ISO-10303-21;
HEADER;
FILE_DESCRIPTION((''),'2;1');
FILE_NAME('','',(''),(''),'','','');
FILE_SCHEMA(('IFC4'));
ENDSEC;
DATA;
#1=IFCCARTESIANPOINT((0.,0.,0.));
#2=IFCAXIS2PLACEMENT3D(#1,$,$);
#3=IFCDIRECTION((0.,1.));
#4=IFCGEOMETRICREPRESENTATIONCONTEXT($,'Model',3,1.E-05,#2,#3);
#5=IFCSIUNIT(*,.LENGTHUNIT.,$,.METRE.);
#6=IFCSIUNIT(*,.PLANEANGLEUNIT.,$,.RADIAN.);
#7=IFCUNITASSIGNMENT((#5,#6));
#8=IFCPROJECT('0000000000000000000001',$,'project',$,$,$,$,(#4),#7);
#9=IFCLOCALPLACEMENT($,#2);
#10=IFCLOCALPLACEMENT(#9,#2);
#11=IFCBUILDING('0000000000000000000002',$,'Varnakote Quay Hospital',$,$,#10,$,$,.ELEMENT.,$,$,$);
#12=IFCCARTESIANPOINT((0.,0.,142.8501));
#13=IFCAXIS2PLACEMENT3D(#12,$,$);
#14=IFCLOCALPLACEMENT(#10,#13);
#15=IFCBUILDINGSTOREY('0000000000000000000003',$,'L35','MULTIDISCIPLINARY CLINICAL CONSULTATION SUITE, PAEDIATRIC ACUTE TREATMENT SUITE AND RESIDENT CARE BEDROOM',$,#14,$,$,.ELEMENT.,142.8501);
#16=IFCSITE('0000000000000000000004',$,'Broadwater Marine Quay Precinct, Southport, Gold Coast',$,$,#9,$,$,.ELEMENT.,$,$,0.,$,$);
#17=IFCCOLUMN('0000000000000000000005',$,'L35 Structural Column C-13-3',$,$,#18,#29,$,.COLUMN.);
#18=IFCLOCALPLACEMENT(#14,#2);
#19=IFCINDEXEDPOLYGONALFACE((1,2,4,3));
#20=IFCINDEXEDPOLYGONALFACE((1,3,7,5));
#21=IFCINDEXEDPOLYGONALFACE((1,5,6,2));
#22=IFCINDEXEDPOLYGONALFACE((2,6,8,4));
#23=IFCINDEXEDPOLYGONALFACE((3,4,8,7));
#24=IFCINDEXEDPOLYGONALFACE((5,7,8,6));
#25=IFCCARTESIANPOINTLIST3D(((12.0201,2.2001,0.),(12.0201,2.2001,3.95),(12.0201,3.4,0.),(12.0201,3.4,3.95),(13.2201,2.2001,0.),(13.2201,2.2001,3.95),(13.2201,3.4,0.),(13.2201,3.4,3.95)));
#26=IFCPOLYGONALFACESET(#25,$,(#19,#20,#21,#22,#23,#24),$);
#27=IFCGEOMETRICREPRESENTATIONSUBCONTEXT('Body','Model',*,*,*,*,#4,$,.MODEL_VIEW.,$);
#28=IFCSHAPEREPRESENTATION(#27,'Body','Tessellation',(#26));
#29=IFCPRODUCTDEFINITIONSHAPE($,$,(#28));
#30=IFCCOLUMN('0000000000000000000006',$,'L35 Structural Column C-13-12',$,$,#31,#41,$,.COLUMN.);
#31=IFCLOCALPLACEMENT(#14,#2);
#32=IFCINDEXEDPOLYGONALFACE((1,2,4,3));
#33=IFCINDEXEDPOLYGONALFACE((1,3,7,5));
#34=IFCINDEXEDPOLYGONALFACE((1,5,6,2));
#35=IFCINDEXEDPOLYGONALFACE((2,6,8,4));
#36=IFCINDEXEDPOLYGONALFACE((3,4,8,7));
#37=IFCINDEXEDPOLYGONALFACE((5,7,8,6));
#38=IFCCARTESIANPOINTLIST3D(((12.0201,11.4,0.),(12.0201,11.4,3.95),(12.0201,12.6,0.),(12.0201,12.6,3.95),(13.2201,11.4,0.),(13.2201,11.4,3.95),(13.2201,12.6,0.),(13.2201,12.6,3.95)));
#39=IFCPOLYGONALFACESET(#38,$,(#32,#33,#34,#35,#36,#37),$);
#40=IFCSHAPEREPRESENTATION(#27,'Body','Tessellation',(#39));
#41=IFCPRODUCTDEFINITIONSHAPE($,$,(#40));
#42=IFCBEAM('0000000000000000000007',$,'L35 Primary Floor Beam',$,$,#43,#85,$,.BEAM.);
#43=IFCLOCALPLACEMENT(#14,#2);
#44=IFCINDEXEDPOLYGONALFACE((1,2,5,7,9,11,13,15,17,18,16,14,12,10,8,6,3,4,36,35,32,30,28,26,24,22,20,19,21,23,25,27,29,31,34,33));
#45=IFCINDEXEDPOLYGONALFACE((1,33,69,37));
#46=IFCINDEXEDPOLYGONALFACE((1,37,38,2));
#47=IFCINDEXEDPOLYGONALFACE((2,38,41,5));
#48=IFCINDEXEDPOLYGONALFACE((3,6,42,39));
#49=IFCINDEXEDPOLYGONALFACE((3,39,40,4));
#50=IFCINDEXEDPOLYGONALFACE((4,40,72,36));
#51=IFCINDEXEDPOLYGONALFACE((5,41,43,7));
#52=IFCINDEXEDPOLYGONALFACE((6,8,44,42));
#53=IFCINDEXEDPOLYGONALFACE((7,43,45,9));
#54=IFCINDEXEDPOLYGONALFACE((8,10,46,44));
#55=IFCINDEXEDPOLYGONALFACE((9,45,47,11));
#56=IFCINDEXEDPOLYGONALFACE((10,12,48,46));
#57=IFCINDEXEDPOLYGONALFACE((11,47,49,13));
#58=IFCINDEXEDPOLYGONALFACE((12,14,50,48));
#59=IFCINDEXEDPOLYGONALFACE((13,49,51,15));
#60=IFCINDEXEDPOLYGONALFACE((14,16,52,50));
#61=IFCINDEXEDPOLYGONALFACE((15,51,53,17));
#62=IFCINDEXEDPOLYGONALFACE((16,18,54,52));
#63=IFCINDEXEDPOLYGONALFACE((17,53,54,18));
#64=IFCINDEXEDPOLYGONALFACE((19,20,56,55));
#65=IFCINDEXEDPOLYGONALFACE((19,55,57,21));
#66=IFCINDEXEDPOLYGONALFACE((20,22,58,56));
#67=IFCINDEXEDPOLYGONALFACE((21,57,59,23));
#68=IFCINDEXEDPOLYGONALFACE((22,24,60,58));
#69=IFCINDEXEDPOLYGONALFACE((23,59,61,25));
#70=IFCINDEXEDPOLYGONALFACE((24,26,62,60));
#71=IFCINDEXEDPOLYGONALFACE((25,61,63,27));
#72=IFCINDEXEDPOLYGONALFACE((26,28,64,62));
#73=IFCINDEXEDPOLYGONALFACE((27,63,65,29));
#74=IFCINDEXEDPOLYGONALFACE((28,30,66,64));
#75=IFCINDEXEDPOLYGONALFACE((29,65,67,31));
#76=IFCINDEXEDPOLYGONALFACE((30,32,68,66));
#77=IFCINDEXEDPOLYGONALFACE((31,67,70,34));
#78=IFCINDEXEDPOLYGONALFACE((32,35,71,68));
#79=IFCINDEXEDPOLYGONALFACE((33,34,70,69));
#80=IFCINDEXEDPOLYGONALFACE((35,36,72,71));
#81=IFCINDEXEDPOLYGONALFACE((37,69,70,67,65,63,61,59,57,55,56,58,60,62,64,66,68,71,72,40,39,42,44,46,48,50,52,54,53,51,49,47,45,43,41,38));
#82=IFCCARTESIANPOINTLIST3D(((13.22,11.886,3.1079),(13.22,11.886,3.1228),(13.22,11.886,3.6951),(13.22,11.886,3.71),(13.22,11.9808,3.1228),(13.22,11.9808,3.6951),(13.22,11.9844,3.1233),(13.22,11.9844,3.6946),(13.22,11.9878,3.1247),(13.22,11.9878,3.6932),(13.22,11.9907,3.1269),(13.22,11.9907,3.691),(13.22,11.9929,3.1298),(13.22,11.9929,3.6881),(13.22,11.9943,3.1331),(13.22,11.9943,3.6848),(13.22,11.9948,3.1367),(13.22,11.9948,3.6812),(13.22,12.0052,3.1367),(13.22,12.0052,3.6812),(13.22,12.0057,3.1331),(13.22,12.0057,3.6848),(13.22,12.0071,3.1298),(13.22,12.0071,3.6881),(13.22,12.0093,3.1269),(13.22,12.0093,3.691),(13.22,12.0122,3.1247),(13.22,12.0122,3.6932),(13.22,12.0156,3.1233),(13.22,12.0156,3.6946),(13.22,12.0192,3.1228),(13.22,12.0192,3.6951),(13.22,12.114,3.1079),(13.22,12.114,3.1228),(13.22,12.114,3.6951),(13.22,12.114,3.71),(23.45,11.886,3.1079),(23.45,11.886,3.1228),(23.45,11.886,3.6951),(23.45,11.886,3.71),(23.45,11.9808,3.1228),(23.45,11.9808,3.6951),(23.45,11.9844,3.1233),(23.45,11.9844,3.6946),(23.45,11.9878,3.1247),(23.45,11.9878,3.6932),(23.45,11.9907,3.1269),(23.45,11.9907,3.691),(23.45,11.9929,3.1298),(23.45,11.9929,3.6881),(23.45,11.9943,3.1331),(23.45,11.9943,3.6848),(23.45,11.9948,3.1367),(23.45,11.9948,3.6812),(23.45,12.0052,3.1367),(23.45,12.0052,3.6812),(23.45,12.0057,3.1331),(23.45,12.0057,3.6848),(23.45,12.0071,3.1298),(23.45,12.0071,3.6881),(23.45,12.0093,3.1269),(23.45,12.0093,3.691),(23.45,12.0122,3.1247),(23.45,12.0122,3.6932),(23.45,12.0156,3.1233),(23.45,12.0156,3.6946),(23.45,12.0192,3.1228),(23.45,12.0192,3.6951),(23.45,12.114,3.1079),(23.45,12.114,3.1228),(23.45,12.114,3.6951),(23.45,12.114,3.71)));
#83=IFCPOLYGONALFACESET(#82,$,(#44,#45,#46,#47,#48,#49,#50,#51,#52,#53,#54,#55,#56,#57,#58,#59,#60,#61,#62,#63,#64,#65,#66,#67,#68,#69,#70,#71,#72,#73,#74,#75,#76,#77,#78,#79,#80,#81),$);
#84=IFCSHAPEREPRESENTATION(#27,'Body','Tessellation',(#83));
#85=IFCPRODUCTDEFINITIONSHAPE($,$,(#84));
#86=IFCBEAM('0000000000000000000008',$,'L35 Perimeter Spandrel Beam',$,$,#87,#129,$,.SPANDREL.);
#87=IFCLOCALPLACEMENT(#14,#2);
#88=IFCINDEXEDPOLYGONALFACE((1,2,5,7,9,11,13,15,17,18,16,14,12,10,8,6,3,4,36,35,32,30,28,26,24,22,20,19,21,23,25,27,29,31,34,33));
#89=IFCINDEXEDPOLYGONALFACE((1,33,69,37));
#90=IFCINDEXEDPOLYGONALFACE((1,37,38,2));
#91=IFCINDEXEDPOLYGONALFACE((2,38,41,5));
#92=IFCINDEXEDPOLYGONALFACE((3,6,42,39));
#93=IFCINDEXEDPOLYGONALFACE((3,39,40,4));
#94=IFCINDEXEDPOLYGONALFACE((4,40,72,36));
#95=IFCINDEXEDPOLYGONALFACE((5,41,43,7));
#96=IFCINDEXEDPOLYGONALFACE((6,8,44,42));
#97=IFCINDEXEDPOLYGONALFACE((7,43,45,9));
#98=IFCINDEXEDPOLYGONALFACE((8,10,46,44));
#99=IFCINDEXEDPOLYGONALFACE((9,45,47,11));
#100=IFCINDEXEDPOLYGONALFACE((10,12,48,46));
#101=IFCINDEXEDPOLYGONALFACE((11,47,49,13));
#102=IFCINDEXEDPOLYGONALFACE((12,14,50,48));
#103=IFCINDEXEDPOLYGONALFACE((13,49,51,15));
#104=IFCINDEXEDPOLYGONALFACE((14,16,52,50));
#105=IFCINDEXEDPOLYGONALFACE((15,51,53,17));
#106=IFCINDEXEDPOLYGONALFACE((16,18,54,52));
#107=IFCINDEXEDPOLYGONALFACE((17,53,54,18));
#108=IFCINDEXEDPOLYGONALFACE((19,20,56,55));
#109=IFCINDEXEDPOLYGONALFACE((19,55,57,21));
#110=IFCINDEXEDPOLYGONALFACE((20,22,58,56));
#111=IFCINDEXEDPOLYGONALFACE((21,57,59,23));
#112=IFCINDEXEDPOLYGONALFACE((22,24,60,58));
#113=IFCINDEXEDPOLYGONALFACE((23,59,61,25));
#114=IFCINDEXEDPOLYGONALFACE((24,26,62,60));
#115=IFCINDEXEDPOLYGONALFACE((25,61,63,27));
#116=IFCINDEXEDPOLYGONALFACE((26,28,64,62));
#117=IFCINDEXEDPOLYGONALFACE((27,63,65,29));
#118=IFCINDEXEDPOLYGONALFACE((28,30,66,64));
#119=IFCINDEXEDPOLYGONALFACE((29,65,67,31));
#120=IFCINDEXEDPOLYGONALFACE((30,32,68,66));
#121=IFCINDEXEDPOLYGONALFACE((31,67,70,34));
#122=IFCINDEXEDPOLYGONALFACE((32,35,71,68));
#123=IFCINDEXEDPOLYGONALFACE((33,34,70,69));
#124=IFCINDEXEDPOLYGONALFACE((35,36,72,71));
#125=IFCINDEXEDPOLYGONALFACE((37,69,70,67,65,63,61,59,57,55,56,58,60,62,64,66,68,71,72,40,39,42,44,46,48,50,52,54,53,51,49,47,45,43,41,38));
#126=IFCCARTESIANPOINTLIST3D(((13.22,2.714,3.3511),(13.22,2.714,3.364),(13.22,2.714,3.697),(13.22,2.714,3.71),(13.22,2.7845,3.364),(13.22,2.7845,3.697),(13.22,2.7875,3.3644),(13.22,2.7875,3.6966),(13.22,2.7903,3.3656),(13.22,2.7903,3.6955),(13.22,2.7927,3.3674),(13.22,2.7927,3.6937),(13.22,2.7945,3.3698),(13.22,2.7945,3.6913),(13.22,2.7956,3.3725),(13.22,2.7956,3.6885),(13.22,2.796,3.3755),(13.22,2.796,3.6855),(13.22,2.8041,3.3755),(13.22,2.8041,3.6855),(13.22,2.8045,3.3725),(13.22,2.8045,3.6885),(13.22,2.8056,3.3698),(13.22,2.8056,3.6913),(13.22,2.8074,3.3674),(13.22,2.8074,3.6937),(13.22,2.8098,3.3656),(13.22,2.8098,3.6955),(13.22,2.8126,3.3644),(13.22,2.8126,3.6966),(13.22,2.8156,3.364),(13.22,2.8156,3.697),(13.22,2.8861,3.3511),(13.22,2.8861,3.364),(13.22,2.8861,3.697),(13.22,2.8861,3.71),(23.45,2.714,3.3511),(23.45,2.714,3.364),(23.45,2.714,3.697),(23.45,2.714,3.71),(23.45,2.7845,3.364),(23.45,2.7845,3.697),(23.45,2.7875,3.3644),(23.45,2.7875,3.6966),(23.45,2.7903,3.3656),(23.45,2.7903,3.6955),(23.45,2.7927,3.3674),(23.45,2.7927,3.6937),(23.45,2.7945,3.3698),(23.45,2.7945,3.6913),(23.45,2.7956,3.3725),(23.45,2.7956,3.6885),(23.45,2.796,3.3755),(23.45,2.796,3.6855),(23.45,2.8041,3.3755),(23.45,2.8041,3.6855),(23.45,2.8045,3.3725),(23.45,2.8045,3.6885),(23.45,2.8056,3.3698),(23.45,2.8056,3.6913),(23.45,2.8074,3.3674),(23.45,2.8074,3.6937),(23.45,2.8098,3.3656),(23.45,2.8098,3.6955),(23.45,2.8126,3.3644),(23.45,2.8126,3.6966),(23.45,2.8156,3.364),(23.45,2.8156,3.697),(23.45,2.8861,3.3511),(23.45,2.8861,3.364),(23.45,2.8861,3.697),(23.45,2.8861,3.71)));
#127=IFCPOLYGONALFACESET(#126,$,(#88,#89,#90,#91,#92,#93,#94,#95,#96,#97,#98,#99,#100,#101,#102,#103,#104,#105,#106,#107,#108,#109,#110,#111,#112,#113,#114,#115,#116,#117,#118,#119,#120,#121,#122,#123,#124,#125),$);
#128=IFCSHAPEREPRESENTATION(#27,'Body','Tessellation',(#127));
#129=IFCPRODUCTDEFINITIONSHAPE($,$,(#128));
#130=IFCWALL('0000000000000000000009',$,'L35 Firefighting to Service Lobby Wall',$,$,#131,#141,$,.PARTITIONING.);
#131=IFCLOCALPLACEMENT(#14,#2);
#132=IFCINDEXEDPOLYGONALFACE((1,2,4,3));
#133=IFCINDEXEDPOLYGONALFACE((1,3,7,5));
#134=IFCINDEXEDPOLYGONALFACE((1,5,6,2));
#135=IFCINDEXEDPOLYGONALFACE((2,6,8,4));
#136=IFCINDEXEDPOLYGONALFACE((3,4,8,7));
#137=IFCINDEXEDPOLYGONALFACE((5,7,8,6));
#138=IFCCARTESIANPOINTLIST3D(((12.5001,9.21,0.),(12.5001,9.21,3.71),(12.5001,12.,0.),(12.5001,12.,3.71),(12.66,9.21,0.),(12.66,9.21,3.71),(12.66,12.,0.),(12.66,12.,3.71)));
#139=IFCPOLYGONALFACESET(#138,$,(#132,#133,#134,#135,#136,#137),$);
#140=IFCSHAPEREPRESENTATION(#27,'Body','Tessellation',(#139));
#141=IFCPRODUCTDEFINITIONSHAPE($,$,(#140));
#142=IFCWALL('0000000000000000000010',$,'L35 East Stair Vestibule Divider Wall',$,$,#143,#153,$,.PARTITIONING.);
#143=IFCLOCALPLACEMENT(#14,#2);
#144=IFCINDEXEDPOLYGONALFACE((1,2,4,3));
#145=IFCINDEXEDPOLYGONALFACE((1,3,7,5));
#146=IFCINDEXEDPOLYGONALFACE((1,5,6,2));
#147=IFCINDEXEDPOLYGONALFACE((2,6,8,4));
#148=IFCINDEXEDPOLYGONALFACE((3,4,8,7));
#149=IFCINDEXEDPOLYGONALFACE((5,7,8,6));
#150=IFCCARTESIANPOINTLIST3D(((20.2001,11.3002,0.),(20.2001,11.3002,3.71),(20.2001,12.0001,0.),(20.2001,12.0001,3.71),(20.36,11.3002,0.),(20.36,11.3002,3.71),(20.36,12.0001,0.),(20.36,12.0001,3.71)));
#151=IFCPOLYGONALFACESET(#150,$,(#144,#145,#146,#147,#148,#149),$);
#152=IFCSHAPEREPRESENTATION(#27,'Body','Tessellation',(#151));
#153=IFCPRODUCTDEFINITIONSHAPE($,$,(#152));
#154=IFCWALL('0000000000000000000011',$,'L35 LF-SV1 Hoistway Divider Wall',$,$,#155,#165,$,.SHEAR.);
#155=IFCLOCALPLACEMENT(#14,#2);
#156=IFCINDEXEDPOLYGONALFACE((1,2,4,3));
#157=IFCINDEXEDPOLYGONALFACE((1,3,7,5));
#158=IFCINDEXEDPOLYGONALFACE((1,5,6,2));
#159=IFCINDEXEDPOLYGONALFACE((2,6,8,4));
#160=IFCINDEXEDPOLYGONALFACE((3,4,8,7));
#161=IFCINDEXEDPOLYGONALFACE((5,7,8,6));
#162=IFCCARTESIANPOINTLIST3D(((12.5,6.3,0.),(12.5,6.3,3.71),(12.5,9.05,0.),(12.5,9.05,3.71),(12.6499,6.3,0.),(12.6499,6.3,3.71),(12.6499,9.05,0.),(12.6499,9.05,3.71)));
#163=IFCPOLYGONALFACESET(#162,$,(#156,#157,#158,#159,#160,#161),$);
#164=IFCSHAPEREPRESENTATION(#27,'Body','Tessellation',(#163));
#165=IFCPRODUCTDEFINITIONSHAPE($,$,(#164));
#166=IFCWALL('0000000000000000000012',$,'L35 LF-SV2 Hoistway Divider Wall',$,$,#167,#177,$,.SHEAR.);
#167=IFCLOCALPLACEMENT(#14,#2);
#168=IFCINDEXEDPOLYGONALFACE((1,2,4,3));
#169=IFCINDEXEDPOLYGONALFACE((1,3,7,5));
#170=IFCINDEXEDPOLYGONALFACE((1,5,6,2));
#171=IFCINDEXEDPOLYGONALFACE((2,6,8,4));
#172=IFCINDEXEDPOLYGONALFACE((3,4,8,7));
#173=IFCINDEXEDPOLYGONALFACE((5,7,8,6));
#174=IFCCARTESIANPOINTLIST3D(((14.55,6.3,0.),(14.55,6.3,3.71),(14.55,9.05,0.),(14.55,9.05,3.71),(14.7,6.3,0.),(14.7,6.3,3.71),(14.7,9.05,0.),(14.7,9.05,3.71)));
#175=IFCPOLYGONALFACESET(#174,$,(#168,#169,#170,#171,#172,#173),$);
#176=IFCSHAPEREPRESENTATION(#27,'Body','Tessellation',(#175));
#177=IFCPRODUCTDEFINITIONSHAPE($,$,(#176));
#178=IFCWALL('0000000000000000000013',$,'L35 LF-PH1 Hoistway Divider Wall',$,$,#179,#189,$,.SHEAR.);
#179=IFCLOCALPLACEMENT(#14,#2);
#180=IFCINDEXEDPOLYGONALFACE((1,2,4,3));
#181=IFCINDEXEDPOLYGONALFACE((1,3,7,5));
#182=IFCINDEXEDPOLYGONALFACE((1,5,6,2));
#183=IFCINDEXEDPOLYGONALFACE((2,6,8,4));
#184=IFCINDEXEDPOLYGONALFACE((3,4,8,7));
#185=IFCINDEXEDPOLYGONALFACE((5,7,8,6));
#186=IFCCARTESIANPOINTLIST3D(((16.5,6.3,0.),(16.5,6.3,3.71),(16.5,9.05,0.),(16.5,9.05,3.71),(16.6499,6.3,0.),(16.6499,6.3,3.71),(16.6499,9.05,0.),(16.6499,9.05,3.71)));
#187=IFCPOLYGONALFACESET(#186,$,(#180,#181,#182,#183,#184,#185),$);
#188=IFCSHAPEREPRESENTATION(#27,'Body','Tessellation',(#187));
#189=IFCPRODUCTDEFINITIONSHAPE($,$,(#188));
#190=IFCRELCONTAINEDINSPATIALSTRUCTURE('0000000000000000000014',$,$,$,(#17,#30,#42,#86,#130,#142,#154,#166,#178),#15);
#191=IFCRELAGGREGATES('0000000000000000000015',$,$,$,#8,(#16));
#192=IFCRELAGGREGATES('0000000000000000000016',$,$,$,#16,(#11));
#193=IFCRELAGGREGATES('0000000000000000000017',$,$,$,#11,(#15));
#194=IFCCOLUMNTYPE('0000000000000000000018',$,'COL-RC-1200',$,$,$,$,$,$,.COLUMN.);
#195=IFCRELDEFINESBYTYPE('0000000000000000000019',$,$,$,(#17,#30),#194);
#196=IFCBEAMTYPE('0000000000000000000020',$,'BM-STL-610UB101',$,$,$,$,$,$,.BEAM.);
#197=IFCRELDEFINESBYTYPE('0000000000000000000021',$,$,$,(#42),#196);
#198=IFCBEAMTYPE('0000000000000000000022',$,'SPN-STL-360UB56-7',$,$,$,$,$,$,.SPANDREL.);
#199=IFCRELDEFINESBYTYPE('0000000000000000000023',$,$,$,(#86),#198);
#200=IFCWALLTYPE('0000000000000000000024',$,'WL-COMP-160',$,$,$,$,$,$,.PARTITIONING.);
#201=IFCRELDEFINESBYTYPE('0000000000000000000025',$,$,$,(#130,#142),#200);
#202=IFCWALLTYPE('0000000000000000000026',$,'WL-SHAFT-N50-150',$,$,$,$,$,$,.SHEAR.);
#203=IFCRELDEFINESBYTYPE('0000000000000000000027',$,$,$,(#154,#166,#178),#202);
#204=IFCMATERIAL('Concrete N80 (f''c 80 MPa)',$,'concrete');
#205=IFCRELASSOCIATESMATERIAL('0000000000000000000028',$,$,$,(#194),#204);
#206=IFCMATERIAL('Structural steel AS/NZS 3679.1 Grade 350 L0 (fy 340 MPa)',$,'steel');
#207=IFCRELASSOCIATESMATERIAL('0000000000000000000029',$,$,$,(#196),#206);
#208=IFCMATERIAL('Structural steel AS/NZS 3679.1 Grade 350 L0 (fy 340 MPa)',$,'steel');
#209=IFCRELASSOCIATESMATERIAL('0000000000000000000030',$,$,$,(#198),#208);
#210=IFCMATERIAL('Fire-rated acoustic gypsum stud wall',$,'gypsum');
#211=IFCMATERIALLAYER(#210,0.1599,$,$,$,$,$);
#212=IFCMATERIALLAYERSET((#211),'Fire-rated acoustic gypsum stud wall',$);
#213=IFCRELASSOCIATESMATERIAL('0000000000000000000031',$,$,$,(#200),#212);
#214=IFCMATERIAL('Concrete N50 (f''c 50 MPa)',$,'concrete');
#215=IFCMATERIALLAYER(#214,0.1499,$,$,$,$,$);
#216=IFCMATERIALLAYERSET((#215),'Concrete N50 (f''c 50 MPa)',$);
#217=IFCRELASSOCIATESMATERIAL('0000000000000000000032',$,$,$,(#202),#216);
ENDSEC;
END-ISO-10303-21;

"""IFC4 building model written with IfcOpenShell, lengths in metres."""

from ifc_helpers import new_model, si_unit, direction, frame, frame_2d, origin, origin_2d, place, context, subcontext, project, spatial, rectangle, i_section, extrude, material, layer, layer_set, material_profile, profile_set, type_object, element, save


model = new_model("IFC4")

# Units and contexts
model_context = context("Model", 3, precision=1e-05, world=origin(), true_north=direction((0.0, 1.0)))
body_context = subcontext(model_context, "Body", "Model", "MODEL_VIEW")
ifc_project = project(units=[si_unit("LENGTHUNIT", "METRE"), si_unit("PLANEANGLEUNIT", "RADIAN")], contexts=[model_context])

# Site, building, storey
site_placement = place(None, origin())
site = spatial("IfcSite", under=ifc_project, at=site_placement, Name="Broadwater Marine Quay Precinct, Southport, Gold Coast", CompositionType="ELEMENT", RefElevation=0.0)
building_placement = place(site_placement, origin())
building = spatial("IfcBuilding", under=site, at=building_placement, Name="Varnakote Quay Hospital", CompositionType="ELEMENT")
storey_placement = place(building_placement, frame((0.0, 0.0, 142.8501)))
storey = spatial("IfcBuildingStorey", under=building, at=storey_placement, Name="L35", Description="MULTIDISCIPLINARY CLINICAL CONSULTATION SUITE, PAEDIATRIC ACUTE TREATMENT SUITE AND RESIDENT CARE BEDROOM", CompositionType="ELEMENT", Elevation=142.8501)

# Columns
ifc_material_1 = material(Name="Concrete N80 (f'c 80 MPa)", Category="concrete")
ifc_material_profile_1 = material_profile(ifc_material_1, rectangle(XDim=1.2, YDim=1.2, at=origin_2d()), Name="RC-COL-1200x1200")
ifc_profile_set_1 = profile_set([ifc_material_profile_1], Name="Concrete N80 (f'c 80 MPa)")
column_type = type_object("IfcColumnType", Name="COL-RC-1200", PredefinedType="COLUMN", material=ifc_profile_set_1)
for number, where, z_axis, x_axis, name in (
    (1, (12.6201, 2.8, 0.0), (0.0, 0.0, 1.0), (1.0, 0.0, 0.0), "L35 Structural Column C-13-3"),
    (2, (12.6201, 12.0, 0.0), (0.0, 0.0, 1.0), (1.0, 0.0, 0.0), "L35 Structural Column C-13-12"),
):
    element("IfcColumn", number, at=place(storey_placement, frame(where, z_axis=z_axis, x_axis=x_axis)), inside=storey, type_object=column_type, Name=name, PredefinedType="COLUMN", context=body_context, shape_type="SweptSolid", body=[
        extrude(rectangle(XDim=1.2, YDim=1.2, at=origin_2d()), origin(), (0.0, 0.0, 1.0), 3.95),
    ])

# Beams
ifc_material_2 = material(Name="Structural steel AS/NZS 3679.1 Grade 350 L0 (fy 340 MPa)", Category="steel")
ifc_material_profile_2 = material_profile(ifc_material_2, i_section(OverallWidth=0.228, OverallDepth=0.6021, WebThickness=0.0105, FlangeThickness=0.0149, FilletRadius=0.0139, at=origin_2d()), Name="610UB101")
ifc_profile_set_2 = profile_set([ifc_material_profile_2], Name="Structural steel AS/NZS 3679.1 Grade 350 L0 (fy 340 MPa)")
beam_type_1 = type_object("IfcBeamType", Name="BM-STL-610UB101", PredefinedType="BEAM", material=ifc_profile_set_2)
beam_1_placement = place(storey_placement, frame((13.22, 12.0, 3.4089), z_axis=(1.0, 0.0, 0.0), x_axis=(0.0, 1.0, 0.0)))
element("IfcBeam", 3, at=beam_1_placement, inside=storey, type_object=beam_type_1, Name="L35 Primary Floor Beam", PredefinedType="BEAM", context=body_context, shape_type="SweptSolid", body=[
    extrude(i_section(OverallWidth=0.228, OverallDepth=0.6021, WebThickness=0.0105, FlangeThickness=0.0149, FilletRadius=0.0139, at=origin_2d()), origin(), (0.0, 0.0, 1.0), 10.23),
])
ifc_material_3 = material(Name="Structural steel AS/NZS 3679.1 Grade 350 L0 (fy 340 MPa)", Category="steel")
ifc_material_profile_3 = material_profile(ifc_material_3, i_section(OverallWidth=0.1721, OverallDepth=0.3589, WebThickness=0.0081, FlangeThickness=0.0129, FilletRadius=0.0115, at=origin_2d()), Name="360UB56.7")
ifc_profile_set_3 = profile_set([ifc_material_profile_3], Name="Structural steel AS/NZS 3679.1 Grade 350 L0 (fy 340 MPa)")
beam_type_2 = type_object("IfcBeamType", Name="SPN-STL-360UB56-7", PredefinedType="SPANDREL", material=ifc_profile_set_3)
beam_2_placement = place(storey_placement, frame((13.22, 2.8, 3.5305), z_axis=(1.0, 0.0, 0.0), x_axis=(0.0, 1.0, 0.0)))
element("IfcBeam", 4, at=beam_2_placement, inside=storey, type_object=beam_type_2, Name="L35 Perimeter Spandrel Beam", PredefinedType="SPANDREL", context=body_context, shape_type="SweptSolid", body=[
    extrude(i_section(OverallWidth=0.1721, OverallDepth=0.3589, WebThickness=0.0081, FlangeThickness=0.0129, FilletRadius=0.0115, at=origin_2d()), origin(), (0.0, 0.0, 1.0), 10.23),
])

# Walls
ifc_material_4 = material(Name="Fire-rated acoustic gypsum stud wall", Category="gypsum")
ifc_layer_1 = layer(ifc_material_4, 0.1599)
ifc_layer_set_1 = layer_set([ifc_layer_1], Name="Fire-rated acoustic gypsum stud wall")
wall_type_1 = type_object("IfcWallType", Name="WL-COMP-160", PredefinedType="PARTITIONING", material=ifc_layer_set_1)
wall_1_placement = place(storey_placement, frame((12.5801, 9.21, 0.0), z_axis=(0.0, 0.0, 1.0), x_axis=(0.0, 1.0, 0.0)))
element("IfcWall", 5, at=wall_1_placement, inside=storey, type_object=wall_type_1, Name="L35 Firefighting to Service Lobby Wall", PredefinedType="PARTITIONING", context=body_context, shape_type="SweptSolid", body=[
    extrude(rectangle(XDim=2.79, YDim=0.1599, at=frame_2d((1.395, 0.0))), origin(), (0.0, 0.0, 1.0), 3.71),
])
wall_2_placement = place(storey_placement, frame((20.28, 11.3, 0.0), z_axis=(0.0, 0.0, 1.0), x_axis=(0.0, 1.0, 0.0)))
element("IfcWall", 6, at=wall_2_placement, inside=storey, type_object=wall_type_1, Name="L35 East Stair Vestibule Divider Wall", PredefinedType="PARTITIONING", context=body_context, shape_type="SweptSolid", body=[
    extrude(rectangle(XDim=0.7, YDim=0.1599, at=frame_2d((0.3501, 0.0))), origin(), (0.0, 0.0, 1.0), 3.71),
])
ifc_material_5 = material(Name="Concrete N50 (f'c 50 MPa)", Category="concrete")
ifc_layer_2 = layer(ifc_material_5, 0.1499)
ifc_layer_set_2 = layer_set([ifc_layer_2], Name="Concrete N50 (f'c 50 MPa)")
wall_type_2 = type_object("IfcWallType", Name="WL-SHAFT-N50-150", PredefinedType="SHEAR", material=ifc_layer_set_2)
for number, where, z_axis, x_axis, name in (
    (7, (12.575, 6.3, 0.0), (0.0, 0.0, 1.0), (0.0, 1.0, 0.0), "L35 LF-SV1 Hoistway Divider Wall"),
    (8, (14.625, 6.3, 0.0), (0.0, 0.0, 1.0), (0.0, 1.0, 0.0), "L35 LF-SV2 Hoistway Divider Wall"),
    (9, (16.575, 6.3, 0.0), (0.0, 0.0, 1.0), (0.0, 1.0, 0.0), "L35 LF-PH1 Hoistway Divider Wall"),
):
    element("IfcWall", number, at=place(storey_placement, frame(where, z_axis=z_axis, x_axis=x_axis)), inside=storey, type_object=wall_type_2, Name=name, PredefinedType="SHEAR", context=body_context, shape_type="SweptSolid", body=[
        extrude(rectangle(XDim=2.75, YDim=0.1499, at=frame_2d((1.375, 0.0))), origin(), (0.0, 0.0, 1.0), 3.71),
    ])

save(model, "model.ifc")
